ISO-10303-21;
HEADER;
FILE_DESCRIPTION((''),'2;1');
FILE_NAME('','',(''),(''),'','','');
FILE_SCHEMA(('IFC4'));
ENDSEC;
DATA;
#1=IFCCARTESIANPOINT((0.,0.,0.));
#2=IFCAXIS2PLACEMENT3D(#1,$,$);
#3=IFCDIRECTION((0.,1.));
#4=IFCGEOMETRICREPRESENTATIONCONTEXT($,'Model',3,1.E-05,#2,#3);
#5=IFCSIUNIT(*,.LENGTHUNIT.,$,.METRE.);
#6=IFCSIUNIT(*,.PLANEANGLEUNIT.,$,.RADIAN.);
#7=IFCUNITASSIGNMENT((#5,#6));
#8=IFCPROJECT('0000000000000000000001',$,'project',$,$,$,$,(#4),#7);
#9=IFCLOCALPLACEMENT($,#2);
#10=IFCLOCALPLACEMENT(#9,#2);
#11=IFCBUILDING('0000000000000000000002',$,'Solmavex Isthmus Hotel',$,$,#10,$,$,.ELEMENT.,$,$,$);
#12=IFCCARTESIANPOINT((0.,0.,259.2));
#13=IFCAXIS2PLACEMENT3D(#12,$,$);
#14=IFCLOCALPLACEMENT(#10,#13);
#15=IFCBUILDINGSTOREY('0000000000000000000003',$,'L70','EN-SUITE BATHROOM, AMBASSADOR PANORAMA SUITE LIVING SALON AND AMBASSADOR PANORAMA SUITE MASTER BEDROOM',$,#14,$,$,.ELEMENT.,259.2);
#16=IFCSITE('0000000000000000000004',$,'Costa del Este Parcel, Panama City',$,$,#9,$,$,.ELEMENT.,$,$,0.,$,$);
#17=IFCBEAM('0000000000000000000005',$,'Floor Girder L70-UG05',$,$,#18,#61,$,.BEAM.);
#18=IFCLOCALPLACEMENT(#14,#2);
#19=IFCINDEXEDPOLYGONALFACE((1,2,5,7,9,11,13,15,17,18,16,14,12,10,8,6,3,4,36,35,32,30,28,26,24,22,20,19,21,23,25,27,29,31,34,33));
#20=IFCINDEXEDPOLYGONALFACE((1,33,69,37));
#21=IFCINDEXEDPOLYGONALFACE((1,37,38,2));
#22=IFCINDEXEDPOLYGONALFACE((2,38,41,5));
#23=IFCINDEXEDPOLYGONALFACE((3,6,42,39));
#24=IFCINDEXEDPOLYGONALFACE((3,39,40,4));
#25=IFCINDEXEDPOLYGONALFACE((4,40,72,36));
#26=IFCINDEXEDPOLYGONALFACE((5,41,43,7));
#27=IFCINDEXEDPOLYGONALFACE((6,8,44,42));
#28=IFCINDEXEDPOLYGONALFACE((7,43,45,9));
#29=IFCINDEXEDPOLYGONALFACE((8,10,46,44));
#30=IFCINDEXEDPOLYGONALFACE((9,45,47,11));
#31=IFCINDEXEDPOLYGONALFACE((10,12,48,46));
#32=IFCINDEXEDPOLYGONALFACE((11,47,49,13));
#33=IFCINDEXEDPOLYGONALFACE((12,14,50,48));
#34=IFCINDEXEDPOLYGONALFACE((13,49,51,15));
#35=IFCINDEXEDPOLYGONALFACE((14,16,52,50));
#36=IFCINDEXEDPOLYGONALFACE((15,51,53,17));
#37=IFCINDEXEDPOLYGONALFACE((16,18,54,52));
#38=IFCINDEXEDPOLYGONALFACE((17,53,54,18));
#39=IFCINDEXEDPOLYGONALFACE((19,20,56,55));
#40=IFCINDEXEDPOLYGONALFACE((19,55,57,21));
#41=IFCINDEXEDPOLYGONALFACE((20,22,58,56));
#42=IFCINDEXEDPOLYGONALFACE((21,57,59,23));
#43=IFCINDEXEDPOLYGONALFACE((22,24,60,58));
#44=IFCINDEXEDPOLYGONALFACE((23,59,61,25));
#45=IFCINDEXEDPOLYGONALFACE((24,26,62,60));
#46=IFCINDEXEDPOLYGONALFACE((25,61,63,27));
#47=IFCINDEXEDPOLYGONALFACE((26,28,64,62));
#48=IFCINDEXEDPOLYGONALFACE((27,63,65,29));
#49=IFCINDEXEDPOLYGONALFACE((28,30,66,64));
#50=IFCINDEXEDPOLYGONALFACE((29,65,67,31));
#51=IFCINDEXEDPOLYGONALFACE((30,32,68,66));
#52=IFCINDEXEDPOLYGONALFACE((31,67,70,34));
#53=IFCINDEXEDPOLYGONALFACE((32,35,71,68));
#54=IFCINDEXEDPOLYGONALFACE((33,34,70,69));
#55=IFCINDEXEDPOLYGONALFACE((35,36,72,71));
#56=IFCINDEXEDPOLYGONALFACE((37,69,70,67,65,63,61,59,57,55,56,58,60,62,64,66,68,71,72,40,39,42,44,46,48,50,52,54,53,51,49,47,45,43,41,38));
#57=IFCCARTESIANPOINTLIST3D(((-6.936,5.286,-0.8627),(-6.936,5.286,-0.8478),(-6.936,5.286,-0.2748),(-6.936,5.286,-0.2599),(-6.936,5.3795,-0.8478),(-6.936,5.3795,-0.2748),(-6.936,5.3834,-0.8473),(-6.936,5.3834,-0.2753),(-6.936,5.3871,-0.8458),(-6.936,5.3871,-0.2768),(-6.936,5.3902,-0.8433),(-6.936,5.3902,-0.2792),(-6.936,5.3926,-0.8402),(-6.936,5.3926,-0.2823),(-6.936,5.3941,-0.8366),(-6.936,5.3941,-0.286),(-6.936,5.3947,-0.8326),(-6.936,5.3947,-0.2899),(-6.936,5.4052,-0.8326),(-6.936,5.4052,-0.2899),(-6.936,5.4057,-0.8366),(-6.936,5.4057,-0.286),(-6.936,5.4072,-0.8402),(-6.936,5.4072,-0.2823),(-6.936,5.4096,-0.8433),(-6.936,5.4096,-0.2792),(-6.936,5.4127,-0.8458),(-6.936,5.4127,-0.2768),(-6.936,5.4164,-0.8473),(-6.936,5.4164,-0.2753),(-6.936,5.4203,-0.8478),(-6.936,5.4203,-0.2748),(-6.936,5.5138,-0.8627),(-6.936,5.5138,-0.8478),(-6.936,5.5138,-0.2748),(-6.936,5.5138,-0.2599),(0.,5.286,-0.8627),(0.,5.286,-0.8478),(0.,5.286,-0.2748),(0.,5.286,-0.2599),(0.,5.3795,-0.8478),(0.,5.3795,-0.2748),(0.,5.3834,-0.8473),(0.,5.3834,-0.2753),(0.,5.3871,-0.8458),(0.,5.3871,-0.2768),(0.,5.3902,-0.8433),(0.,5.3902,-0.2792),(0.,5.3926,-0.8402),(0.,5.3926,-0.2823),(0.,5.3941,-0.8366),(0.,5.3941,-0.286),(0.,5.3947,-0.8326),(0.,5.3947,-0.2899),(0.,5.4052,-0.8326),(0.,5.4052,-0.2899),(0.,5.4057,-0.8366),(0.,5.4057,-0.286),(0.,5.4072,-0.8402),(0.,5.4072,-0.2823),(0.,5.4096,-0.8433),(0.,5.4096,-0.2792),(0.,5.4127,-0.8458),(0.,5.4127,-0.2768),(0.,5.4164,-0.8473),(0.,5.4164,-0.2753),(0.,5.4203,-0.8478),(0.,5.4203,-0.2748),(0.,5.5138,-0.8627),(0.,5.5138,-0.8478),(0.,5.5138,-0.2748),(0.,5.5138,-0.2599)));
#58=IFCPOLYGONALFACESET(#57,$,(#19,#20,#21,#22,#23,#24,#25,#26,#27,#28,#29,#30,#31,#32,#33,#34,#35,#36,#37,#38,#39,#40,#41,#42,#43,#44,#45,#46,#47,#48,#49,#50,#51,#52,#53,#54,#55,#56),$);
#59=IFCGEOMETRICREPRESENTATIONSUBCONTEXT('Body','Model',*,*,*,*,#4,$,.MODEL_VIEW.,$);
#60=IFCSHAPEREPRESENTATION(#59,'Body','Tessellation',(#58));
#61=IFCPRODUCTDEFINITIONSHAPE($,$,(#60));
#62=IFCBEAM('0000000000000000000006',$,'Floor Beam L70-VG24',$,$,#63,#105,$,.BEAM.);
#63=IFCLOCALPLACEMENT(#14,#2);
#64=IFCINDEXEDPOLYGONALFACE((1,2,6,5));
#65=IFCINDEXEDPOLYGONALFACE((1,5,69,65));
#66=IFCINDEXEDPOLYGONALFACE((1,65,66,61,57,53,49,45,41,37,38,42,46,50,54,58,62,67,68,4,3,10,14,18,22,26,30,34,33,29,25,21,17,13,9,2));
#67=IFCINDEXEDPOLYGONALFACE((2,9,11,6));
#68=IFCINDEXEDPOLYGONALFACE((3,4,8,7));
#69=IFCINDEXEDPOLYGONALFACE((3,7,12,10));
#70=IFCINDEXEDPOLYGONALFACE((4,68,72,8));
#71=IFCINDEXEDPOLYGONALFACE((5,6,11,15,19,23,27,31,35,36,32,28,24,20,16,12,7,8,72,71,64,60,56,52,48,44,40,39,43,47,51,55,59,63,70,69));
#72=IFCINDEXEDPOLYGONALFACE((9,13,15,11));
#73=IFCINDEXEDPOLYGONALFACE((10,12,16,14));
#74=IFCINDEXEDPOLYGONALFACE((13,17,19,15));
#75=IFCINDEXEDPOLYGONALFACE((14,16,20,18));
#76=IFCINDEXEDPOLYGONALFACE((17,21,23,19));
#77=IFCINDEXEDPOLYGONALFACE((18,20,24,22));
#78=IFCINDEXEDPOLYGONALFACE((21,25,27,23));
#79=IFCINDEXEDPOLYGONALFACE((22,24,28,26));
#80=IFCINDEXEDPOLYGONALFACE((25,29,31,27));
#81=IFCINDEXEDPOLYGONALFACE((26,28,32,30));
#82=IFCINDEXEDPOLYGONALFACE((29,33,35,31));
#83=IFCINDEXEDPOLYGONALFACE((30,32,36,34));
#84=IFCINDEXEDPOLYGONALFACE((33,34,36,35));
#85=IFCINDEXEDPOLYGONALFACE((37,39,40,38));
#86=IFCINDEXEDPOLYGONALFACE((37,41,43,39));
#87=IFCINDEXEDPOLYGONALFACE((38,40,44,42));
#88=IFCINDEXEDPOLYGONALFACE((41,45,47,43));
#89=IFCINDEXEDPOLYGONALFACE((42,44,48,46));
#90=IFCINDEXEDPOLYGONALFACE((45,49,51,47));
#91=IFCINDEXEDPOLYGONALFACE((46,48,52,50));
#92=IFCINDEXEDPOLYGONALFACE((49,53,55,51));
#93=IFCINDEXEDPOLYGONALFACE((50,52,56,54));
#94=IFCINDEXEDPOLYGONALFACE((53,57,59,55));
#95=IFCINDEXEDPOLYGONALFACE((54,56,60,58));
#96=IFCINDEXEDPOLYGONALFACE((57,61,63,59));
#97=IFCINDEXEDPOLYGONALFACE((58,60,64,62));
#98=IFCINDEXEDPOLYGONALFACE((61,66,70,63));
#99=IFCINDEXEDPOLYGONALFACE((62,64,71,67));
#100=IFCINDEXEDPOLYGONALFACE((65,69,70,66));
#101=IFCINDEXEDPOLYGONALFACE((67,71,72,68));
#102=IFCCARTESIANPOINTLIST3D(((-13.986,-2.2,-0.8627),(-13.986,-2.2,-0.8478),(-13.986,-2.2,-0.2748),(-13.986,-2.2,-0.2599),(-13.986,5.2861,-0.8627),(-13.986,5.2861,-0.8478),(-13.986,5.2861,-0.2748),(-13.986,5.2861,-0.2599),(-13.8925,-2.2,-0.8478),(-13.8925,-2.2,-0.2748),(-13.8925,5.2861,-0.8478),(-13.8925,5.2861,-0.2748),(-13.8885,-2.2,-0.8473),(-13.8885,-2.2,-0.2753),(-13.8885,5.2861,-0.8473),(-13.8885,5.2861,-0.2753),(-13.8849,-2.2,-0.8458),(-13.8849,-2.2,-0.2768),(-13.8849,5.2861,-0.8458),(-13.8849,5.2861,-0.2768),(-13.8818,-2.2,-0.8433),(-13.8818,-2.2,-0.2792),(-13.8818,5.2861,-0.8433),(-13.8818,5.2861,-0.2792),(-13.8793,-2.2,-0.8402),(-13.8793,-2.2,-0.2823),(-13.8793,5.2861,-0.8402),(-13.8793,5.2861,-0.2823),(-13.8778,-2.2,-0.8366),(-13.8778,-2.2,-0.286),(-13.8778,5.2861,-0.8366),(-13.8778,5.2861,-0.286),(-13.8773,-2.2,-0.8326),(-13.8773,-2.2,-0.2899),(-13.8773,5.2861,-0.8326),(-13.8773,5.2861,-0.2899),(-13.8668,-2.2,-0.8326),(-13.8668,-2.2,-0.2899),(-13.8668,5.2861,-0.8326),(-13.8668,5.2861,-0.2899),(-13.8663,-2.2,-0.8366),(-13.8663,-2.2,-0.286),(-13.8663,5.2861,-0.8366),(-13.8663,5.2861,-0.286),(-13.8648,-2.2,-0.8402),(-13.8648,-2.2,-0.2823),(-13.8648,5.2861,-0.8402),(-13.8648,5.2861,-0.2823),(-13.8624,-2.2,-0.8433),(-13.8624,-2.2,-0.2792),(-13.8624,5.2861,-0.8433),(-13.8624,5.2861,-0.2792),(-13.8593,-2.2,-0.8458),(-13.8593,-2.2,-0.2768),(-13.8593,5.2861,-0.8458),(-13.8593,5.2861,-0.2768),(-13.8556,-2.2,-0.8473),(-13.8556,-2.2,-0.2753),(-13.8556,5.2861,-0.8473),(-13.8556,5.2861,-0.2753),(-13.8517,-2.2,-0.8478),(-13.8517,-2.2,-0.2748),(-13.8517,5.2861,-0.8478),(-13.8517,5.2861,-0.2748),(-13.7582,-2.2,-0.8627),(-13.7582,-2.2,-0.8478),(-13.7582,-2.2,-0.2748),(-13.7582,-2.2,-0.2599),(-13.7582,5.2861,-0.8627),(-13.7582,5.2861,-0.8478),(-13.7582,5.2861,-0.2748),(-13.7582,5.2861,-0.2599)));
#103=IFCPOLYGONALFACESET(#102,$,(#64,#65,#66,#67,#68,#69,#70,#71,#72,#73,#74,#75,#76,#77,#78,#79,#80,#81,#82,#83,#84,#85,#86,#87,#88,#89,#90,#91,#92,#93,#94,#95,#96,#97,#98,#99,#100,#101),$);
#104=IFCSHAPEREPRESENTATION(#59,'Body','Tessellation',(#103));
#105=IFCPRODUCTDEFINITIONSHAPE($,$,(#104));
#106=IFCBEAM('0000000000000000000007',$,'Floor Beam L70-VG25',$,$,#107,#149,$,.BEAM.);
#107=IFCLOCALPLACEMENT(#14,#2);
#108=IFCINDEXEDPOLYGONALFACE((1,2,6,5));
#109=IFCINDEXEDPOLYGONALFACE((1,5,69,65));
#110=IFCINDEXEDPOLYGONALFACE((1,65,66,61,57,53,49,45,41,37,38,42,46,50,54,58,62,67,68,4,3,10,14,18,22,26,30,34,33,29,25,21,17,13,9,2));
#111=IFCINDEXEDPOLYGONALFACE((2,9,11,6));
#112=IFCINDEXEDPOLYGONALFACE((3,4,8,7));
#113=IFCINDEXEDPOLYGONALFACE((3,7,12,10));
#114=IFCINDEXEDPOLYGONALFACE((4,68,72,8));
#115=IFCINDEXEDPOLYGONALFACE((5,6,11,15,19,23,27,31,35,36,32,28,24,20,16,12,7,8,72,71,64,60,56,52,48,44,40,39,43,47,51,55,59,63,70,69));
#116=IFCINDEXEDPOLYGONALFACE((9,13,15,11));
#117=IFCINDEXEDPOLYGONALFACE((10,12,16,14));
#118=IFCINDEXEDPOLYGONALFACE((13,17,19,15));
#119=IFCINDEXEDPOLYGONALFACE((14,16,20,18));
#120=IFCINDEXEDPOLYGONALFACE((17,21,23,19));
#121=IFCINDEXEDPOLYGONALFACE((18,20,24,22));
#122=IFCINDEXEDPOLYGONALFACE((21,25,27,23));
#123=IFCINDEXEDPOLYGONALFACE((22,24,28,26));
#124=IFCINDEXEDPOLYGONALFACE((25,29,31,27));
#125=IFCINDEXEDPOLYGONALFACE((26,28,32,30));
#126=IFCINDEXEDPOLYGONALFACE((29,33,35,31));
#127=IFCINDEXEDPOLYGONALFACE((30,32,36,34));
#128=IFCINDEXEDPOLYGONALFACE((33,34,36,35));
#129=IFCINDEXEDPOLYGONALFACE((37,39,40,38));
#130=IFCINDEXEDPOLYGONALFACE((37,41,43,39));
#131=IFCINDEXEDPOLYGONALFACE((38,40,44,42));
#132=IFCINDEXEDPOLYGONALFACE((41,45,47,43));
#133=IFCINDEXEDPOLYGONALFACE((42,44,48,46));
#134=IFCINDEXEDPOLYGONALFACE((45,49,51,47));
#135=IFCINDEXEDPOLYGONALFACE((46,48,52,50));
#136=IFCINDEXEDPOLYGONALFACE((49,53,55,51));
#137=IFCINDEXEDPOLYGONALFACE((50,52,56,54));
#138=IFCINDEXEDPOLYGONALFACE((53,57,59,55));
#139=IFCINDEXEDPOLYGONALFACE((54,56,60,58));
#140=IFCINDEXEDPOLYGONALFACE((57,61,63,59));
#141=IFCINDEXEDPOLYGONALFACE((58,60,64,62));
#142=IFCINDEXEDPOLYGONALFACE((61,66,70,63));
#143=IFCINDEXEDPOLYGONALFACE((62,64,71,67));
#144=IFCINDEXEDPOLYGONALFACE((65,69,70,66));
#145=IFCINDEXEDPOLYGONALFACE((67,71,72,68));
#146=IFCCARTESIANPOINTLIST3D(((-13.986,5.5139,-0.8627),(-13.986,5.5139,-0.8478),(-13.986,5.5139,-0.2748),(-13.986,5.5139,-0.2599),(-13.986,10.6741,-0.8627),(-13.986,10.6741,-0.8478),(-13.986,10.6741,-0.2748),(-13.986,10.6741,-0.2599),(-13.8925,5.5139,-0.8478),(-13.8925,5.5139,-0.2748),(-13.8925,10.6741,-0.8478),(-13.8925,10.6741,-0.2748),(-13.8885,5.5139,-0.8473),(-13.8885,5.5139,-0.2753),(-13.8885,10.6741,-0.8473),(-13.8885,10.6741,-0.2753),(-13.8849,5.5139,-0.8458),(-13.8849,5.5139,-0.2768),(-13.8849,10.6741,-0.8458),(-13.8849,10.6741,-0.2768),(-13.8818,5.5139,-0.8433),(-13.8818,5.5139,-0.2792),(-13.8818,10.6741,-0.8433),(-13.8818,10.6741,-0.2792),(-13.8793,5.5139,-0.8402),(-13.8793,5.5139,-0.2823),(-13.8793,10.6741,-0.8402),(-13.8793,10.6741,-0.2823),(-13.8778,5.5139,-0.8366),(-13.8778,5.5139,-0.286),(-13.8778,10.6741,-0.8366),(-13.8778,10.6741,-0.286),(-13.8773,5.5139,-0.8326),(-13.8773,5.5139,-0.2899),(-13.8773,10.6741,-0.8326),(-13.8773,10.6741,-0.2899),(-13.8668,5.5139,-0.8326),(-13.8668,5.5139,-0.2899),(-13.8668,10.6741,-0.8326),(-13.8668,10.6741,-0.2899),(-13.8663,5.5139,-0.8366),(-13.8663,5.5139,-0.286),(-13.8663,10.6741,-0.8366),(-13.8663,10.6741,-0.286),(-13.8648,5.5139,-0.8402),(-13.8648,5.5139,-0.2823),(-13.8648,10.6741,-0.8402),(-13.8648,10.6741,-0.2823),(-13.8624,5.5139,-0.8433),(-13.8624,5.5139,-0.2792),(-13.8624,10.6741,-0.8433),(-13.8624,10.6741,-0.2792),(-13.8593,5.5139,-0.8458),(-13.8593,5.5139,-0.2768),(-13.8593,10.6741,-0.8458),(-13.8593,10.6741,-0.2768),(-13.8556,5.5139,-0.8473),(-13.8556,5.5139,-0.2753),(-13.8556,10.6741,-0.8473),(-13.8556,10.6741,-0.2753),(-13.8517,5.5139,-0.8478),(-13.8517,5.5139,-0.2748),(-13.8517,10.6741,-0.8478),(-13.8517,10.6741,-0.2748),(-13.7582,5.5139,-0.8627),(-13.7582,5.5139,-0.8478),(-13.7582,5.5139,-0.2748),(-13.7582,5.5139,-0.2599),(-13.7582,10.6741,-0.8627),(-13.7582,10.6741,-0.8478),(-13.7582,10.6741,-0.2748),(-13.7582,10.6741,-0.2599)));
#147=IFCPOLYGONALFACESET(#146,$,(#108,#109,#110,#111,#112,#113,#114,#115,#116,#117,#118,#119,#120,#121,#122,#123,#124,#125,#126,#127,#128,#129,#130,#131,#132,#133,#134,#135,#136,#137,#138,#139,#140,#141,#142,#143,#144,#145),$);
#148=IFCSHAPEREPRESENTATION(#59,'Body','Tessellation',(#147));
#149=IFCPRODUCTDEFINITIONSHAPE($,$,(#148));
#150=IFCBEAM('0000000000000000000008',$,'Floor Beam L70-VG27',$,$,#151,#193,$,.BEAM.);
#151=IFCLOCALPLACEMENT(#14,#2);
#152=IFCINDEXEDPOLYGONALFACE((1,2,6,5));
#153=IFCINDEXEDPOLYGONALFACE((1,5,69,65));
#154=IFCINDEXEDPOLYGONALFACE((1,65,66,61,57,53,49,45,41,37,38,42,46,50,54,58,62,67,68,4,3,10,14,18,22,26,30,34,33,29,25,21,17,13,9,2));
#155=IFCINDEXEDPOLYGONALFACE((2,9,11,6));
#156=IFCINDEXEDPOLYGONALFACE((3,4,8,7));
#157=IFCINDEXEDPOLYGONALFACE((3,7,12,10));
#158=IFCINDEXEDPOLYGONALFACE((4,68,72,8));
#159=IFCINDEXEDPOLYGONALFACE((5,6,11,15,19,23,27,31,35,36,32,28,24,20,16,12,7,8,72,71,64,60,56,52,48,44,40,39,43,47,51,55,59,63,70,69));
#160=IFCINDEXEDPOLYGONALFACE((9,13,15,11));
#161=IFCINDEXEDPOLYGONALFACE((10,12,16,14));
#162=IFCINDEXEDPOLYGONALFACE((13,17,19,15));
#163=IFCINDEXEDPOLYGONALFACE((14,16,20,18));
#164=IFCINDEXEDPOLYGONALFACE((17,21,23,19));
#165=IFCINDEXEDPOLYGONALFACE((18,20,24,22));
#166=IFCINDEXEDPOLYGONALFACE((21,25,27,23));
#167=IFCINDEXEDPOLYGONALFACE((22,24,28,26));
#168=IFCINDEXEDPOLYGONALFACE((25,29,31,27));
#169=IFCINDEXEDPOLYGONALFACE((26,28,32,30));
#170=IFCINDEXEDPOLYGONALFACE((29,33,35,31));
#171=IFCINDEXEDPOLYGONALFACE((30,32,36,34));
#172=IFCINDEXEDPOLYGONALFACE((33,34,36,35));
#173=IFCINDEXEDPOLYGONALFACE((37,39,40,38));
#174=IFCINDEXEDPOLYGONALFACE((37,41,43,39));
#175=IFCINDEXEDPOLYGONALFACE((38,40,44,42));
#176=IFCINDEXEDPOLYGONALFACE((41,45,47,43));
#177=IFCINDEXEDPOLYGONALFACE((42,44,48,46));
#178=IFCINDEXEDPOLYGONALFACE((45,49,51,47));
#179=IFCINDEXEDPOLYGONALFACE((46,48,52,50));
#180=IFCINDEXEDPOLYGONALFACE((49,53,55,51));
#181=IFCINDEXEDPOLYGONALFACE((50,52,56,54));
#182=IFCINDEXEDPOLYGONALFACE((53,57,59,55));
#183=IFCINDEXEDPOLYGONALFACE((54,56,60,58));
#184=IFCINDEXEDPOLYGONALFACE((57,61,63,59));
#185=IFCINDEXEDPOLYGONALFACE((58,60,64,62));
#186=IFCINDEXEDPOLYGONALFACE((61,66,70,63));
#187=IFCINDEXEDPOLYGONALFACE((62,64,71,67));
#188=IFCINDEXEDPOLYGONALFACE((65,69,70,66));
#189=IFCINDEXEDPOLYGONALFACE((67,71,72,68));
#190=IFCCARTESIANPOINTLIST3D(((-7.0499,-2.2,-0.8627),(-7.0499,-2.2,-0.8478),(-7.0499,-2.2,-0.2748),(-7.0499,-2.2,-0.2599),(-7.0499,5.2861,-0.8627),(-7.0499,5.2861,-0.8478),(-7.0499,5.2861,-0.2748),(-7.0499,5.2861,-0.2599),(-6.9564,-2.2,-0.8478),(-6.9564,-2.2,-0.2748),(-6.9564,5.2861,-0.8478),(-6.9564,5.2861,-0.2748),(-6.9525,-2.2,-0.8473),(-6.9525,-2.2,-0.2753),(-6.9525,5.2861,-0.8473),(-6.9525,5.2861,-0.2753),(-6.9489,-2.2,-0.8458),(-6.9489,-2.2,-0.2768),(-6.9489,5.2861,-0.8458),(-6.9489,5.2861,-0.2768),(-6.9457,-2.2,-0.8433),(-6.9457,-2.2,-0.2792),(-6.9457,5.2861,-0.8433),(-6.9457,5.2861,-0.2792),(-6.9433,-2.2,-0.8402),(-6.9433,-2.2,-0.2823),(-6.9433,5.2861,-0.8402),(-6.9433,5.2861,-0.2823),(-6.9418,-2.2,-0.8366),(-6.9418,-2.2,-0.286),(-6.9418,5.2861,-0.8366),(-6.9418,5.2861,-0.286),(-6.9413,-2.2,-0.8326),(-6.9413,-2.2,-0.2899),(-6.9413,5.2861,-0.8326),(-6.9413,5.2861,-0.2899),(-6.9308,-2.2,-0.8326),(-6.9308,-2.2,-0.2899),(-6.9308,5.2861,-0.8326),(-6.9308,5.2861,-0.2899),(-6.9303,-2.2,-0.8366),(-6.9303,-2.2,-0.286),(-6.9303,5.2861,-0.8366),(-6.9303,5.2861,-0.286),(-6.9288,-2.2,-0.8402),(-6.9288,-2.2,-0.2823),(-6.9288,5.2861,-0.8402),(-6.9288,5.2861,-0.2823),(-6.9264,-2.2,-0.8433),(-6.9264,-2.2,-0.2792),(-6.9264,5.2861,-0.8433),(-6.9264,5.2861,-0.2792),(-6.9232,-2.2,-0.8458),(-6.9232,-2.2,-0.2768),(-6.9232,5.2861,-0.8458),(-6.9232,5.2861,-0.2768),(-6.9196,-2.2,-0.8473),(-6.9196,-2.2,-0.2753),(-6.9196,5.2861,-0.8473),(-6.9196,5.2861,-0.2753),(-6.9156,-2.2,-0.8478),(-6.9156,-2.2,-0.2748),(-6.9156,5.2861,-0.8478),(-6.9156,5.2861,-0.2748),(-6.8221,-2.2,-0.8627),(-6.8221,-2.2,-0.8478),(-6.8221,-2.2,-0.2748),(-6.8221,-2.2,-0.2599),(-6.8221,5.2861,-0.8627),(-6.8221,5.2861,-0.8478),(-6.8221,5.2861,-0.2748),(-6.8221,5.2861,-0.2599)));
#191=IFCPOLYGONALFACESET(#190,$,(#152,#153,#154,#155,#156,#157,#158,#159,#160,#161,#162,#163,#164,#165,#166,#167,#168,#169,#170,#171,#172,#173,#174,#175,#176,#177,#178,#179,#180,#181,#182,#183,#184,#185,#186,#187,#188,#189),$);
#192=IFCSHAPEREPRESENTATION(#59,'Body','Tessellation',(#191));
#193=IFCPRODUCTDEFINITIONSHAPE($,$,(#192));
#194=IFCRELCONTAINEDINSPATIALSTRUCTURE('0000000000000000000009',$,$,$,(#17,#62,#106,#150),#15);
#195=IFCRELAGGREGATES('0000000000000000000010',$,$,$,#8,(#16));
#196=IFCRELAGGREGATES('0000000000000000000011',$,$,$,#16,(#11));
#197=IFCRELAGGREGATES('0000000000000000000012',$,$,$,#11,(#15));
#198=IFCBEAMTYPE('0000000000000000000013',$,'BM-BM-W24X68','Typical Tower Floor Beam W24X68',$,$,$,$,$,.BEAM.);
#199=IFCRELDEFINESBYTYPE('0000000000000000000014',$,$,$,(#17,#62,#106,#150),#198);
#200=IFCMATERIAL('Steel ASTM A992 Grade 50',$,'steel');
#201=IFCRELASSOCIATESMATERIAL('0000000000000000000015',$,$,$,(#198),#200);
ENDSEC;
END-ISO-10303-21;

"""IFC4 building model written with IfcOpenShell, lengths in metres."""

from ifc_helpers import new_model, si_unit, direction, frame, origin, origin_2d, place, context, subcontext, project, spatial, i_section, extrude, material, material_profile, profile_set, type_object, element, save


model = new_model("IFC4")

# Units and contexts
model_context = context("Model", 3, precision=1e-05, world=origin(), true_north=direction((0.0, 1.0)))
body_context = subcontext(model_context, "Body", "Model", "MODEL_VIEW")
ifc_project = project(units=[si_unit("LENGTHUNIT", "METRE"), si_unit("PLANEANGLEUNIT", "RADIAN")], contexts=[model_context])

# Site, building, storey
site_placement = place(None, origin())
site = spatial("IfcSite", under=ifc_project, at=site_placement, Name="Costa del Este Parcel, Panama City", CompositionType="ELEMENT", RefElevation=0.0)
building_placement = place(site_placement, origin())
building = spatial("IfcBuilding", under=site, at=building_placement, Name="Solmavex Isthmus Hotel", CompositionType="ELEMENT")
storey_placement = place(building_placement, frame((0.0, 0.0, 259.2)))
storey = spatial("IfcBuildingStorey", under=building, at=storey_placement, Name="L70", Description="EN-SUITE BATHROOM, AMBASSADOR PANORAMA SUITE LIVING SALON AND AMBASSADOR PANORAMA SUITE MASTER BEDROOM", CompositionType="ELEMENT", Elevation=259.2)

# Beams
ifc_material_1 = material(Name="Steel ASTM A992 Grade 50", Category="steel")
ifc_material_profile_1 = material_profile(ifc_material_1, i_section(OverallWidth=0.2278, OverallDepth=0.6028, WebThickness=0.0105, FlangeThickness=0.0149, FilletRadius=0.0151, at=origin_2d()), Name="W24X68")
ifc_profile_set_1 = profile_set([ifc_material_profile_1], Name="Steel ASTM A992 Grade 50")
beam_type_1 = type_object("IfcBeamType", Name="BM-BM-W24X68", Description="Typical Tower Floor Beam W24X68", PredefinedType="BEAM", material=ifc_profile_set_1)
for number, where, z_axis, x_axis, name in (
    (1, (-6.936, 5.3999, -0.5613), (1.0, 0.0, 0.0), (0.0, 1.0, 0.0), "Floor Girder L70-UG05"),
):
    element("IfcBeam", number, at=place(storey_placement, frame(where, z_axis=z_axis, x_axis=x_axis)), inside=storey, type_object=beam_type_1, Name=name, PredefinedType="BEAM", context=body_context, shape_type="SweptSolid", body=[
        extrude(i_section(OverallWidth=0.2278, OverallDepth=0.6028, WebThickness=0.0105, FlangeThickness=0.0149, FilletRadius=0.0151, at=origin_2d()), origin(), (0.0, 0.0, 1.0), 6.936),
    ])
beam_1_placement = place(storey_placement, frame((-13.8721, -2.2, -0.5613), z_axis=(0.0, 1.0, 0.0), x_axis=(-1.0, 0.0, 0.0)))
element("IfcBeam", 2, at=beam_1_placement, inside=storey, type_object=beam_type_1, Name="Floor Beam L70-VG24", PredefinedType="BEAM", context=body_context, shape_type="SweptSolid", body=[
    extrude(i_section(OverallWidth=0.2278, OverallDepth=0.6028, WebThickness=0.0105, FlangeThickness=0.0149, FilletRadius=0.0151, at=origin_2d()), origin(), (0.0, 0.0, 1.0), 7.4861),
])
beam_2_placement = place(storey_placement, frame((-13.8721, 5.5139, -0.5613), z_axis=(0.0, 1.0, 0.0), x_axis=(-1.0, 0.0, 0.0)))
element("IfcBeam", 3, at=beam_2_placement, inside=storey, type_object=beam_type_1, Name="Floor Beam L70-VG25", PredefinedType="BEAM", context=body_context, shape_type="SweptSolid", body=[
    extrude(i_section(OverallWidth=0.2278, OverallDepth=0.6028, WebThickness=0.0105, FlangeThickness=0.0149, FilletRadius=0.0151, at=origin_2d()), origin(), (0.0, 0.0, 1.0), 5.1602),
])
beam_3_placement = place(storey_placement, frame((-6.936, -2.2, -0.5613), z_axis=(0.0, 1.0, 0.0), x_axis=(-1.0, 0.0, 0.0)))
element("IfcBeam", 4, at=beam_3_placement, inside=storey, type_object=beam_type_1, Name="Floor Beam L70-VG27", PredefinedType="BEAM", context=body_context, shape_type="SweptSolid", body=[
    extrude(i_section(OverallWidth=0.2278, OverallDepth=0.6028, WebThickness=0.0105, FlangeThickness=0.0149, FilletRadius=0.0151, at=origin_2d()), origin(), (0.0, 0.0, 1.0), 7.4861),
])

save(model, "model.ifc")
